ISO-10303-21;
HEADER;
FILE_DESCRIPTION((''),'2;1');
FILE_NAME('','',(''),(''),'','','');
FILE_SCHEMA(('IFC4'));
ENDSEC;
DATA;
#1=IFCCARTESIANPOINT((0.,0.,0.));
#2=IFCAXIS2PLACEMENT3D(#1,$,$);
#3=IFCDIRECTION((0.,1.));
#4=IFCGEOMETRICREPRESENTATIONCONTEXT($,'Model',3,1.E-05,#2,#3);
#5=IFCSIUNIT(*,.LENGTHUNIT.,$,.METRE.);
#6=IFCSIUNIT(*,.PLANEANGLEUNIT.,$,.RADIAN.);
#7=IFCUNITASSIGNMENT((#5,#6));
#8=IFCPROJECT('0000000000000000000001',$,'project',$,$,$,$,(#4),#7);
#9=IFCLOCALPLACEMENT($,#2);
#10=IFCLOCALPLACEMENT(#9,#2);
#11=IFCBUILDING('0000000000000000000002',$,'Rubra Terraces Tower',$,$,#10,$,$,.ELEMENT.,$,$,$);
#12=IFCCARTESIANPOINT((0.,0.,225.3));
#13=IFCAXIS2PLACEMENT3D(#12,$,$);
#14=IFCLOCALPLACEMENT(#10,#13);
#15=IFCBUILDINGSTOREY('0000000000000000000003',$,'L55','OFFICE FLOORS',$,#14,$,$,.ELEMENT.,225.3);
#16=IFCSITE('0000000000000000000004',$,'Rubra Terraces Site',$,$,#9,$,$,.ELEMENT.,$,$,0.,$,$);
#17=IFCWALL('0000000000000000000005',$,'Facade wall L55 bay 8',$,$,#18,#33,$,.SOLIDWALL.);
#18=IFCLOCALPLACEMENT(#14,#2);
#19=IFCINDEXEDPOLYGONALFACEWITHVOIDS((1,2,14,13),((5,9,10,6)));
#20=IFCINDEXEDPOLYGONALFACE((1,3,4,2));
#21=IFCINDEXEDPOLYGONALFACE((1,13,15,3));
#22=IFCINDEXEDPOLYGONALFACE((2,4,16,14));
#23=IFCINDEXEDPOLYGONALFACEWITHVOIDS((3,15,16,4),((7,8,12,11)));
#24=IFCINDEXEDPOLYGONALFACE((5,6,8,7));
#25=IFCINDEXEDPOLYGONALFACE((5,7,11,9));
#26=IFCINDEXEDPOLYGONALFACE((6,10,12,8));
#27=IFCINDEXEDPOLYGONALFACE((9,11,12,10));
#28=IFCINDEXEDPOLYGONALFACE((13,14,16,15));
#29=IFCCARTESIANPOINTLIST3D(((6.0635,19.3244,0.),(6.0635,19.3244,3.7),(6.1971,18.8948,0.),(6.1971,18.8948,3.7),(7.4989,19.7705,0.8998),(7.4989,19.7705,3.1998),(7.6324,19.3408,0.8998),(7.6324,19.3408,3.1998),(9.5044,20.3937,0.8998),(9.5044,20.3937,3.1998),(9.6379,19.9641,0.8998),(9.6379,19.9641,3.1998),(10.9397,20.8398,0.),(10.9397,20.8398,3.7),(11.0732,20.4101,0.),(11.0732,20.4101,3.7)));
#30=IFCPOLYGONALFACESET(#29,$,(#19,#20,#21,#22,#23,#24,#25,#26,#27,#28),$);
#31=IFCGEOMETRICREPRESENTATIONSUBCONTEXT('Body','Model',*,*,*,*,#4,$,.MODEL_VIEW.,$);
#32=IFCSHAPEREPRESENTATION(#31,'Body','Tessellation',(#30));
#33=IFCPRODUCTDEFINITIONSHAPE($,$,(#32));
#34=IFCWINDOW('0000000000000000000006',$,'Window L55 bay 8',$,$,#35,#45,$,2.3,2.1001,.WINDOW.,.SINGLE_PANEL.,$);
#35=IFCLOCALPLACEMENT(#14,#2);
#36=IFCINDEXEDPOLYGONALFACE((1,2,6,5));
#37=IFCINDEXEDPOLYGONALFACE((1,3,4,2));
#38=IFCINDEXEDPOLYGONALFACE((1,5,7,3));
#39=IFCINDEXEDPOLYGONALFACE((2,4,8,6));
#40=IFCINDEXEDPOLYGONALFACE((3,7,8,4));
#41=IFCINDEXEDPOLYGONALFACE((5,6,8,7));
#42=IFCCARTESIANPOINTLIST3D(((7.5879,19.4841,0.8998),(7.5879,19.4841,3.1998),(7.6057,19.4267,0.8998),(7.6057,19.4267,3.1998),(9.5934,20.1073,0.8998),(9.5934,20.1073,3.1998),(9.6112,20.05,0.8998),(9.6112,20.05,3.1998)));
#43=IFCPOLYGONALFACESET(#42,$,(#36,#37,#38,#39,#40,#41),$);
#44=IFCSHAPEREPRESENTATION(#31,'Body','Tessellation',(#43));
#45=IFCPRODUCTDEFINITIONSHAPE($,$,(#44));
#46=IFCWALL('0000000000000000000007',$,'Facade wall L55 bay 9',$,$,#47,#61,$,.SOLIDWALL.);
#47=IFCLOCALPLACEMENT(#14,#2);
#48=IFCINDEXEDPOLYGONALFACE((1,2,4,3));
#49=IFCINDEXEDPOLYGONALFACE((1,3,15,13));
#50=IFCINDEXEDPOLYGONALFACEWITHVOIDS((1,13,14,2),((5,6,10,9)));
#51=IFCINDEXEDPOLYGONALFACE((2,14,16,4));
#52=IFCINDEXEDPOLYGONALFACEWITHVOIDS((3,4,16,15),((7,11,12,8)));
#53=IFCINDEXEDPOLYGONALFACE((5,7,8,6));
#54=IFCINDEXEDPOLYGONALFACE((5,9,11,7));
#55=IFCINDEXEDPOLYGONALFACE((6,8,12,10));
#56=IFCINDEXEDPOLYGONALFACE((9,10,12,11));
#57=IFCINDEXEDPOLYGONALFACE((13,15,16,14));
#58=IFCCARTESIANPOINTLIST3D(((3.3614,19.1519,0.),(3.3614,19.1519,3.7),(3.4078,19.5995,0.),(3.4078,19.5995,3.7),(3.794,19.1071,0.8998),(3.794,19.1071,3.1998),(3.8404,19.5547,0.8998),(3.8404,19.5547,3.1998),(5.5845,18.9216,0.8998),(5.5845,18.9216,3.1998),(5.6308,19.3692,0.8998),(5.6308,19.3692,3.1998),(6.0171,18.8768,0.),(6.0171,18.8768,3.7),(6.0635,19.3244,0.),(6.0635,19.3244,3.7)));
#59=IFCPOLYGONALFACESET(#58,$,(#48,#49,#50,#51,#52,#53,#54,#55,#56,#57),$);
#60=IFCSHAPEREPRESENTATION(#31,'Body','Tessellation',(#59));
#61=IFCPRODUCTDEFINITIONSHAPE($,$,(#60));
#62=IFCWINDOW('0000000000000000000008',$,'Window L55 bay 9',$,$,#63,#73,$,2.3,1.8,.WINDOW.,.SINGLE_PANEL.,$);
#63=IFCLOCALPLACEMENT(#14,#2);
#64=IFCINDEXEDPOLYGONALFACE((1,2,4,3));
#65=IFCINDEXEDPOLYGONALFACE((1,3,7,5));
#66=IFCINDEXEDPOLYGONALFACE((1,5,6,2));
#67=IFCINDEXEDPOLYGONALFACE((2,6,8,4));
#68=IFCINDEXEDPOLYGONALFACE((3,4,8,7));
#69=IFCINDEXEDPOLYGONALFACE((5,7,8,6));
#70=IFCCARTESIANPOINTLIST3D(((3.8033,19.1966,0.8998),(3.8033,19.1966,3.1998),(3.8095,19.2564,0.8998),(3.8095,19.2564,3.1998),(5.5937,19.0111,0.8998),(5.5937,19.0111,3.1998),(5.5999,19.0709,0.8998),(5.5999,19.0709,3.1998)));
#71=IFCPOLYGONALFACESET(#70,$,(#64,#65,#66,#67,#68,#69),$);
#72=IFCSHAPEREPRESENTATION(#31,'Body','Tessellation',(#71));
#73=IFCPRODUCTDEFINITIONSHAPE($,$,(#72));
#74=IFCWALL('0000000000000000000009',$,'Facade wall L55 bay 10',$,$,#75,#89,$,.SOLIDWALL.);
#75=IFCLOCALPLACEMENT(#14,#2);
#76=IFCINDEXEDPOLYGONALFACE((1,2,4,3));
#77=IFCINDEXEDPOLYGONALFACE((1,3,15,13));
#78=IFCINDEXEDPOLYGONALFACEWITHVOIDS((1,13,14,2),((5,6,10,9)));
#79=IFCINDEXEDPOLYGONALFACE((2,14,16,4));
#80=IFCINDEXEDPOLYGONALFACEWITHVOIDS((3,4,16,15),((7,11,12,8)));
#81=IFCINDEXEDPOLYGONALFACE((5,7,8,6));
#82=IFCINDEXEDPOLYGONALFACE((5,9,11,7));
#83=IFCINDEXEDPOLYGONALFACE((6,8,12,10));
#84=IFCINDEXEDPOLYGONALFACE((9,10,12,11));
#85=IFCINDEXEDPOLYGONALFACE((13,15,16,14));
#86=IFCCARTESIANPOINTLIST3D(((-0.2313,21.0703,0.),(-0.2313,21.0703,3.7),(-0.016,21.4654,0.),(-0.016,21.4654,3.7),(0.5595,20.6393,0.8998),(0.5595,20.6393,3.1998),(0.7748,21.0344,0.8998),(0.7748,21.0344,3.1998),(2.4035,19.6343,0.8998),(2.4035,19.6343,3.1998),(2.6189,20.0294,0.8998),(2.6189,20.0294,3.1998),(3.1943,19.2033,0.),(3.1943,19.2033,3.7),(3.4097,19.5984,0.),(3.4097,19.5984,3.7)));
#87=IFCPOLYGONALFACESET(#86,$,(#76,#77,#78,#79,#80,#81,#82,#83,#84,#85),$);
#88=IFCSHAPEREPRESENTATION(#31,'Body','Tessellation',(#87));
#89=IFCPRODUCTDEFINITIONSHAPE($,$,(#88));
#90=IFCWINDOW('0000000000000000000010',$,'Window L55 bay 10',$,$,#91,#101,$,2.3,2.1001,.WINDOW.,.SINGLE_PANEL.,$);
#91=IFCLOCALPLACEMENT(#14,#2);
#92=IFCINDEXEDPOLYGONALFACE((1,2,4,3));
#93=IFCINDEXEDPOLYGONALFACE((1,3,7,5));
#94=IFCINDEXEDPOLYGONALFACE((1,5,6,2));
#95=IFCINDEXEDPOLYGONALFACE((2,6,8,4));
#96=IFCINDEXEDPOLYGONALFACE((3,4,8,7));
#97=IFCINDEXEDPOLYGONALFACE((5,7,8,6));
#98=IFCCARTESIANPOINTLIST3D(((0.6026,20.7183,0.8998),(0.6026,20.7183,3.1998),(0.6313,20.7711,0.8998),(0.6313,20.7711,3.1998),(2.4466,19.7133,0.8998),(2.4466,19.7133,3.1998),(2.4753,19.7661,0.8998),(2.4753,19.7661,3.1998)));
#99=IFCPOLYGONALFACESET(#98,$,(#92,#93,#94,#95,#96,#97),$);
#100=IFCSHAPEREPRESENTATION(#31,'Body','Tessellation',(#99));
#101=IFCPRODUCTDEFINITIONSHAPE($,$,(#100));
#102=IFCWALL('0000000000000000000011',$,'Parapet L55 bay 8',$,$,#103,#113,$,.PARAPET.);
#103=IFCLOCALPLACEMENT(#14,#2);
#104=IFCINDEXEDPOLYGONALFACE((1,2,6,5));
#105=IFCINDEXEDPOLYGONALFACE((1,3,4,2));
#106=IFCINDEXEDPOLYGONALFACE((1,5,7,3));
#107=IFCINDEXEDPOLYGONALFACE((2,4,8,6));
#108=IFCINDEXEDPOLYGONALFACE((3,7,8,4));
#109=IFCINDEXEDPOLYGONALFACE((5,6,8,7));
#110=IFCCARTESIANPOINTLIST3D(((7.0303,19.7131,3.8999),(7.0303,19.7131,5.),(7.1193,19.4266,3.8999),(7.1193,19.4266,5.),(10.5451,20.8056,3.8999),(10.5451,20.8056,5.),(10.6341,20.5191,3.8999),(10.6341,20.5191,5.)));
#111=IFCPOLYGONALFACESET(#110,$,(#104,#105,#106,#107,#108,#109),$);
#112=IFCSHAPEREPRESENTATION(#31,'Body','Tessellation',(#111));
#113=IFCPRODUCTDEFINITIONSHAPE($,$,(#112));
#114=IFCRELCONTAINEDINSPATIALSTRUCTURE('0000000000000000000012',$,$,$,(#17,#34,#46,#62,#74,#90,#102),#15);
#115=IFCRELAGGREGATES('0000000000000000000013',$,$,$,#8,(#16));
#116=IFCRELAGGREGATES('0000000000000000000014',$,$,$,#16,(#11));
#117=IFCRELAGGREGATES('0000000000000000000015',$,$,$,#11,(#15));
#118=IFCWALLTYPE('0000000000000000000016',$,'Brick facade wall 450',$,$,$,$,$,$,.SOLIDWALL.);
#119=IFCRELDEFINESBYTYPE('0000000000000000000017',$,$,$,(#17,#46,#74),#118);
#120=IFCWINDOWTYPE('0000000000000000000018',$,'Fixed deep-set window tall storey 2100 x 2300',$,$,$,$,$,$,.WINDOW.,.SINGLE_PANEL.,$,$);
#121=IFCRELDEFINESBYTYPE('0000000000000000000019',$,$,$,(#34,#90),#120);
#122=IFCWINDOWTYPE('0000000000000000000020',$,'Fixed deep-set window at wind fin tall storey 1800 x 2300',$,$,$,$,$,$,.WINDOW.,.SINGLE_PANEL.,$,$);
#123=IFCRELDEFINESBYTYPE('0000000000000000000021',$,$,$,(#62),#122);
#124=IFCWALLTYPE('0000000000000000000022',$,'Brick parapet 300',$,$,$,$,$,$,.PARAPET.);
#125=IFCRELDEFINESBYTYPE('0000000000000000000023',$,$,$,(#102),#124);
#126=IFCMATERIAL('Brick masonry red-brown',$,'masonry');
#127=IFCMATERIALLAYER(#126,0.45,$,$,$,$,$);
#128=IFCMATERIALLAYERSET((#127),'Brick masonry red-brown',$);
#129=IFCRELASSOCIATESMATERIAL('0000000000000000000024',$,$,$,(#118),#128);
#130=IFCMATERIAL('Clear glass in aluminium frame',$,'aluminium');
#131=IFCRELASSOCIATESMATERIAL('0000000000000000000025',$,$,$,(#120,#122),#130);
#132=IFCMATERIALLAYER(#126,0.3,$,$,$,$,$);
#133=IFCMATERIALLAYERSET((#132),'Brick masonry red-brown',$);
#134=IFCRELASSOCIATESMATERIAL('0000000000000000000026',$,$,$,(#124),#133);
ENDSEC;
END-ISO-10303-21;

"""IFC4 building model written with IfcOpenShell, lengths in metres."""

from ifc_helpers import new_model, si_unit, direction, frame, frame_2d, origin, place, context, subcontext, project, spatial, rectangle, extrude, material, layer, layer_set, type_object, element, fill, save


model = new_model("IFC4")

# Units and contexts
model_context = context("Model", 3, precision=1e-05, world=origin(), true_north=direction((0.0, 1.0)))
body_context = subcontext(model_context, "Body", "Model", "MODEL_VIEW")
ifc_project = project(units=[si_unit("LENGTHUNIT", "METRE"), si_unit("PLANEANGLEUNIT", "RADIAN")], contexts=[model_context])

# Site, building, storey
site_placement = place(None, origin())
site = spatial("IfcSite", under=ifc_project, at=site_placement, Name="Rubra Terraces Site", CompositionType="ELEMENT", RefElevation=0.0)
building_placement = place(site_placement, origin())
building = spatial("IfcBuilding", under=site, at=building_placement, Name="Rubra Terraces Tower", CompositionType="ELEMENT")
storey_placement = place(building_placement, frame((0.0, 0.0, 225.3)))
storey = spatial("IfcBuildingStorey", under=building, at=storey_placement, Name="L55", Description="OFFICE FLOORS", CompositionType="ELEMENT", Elevation=225.3)

# Walls, openings, windows
ifc_material_1 = material(Name="Brick masonry red-brown", Category="masonry")
ifc_layer_1 = layer(ifc_material_1, 0.45)
ifc_layer_set_1 = layer_set([ifc_layer_1], Name="Brick masonry red-brown")
wall_type_1 = type_object("IfcWallType", Name="Brick facade wall 450", PredefinedType="SOLIDWALL", material=ifc_layer_set_1)
wall_1_placement = place(storey_placement, frame((11.0066, 20.625, 0.0), z_axis=(0.0, 0.0, 1.0), x_axis=(-0.954949, -0.296769, 0.0)))
wall_1 = element("IfcWall", 1, at=wall_1_placement, inside=storey, type_object=wall_type_1, Name="Facade wall L55 bay 8", PredefinedType="SOLIDWALL", context=body_context, shape_type="SweptSolid", body=[
    extrude(rectangle(XDim=5.1062, YDim=0.45, at=frame_2d((2.5532, 0.0))), origin(), (0.0, 0.0, 1.0), 3.7),
])
opening_1_placement = place(wall_1_placement, frame((1.5032, 0.0, 0.8999)))
opening_1 = element("IfcOpeningElement", 2, at=opening_1_placement, cuts=wall_1, PredefinedType="OPENING", context=body_context, shape_type="SweptSolid", body=[
    extrude(rectangle(XDim=2.1001, YDim=2.3, at=frame_2d((1.05, 1.1499))), frame((0.0, 0.2349, 0.0), z_axis=(0.0, -1.0, 0.0), x_axis=(1.0, 0.0, 0.0)), (0.0, 0.0, 1.0), 0.47),
])
ifc_material_2 = material(Name="Clear glass in aluminium frame", Category="aluminium")
window_type_1 = type_object("IfcWindowType", Name="Fixed deep-set window tall storey 2100 x 2300", PartitioningType="SINGLE_PANEL", PredefinedType="WINDOW", material=ifc_material_2)
window_1_placement = place(opening_1_placement, origin())
window_1 = element("IfcWindow", 3, at=window_1_placement, inside=storey, type_object=window_type_1, Name="Window L55 bay 8", OverallHeight=2.3, OverallWidth=2.1001, PartitioningType="SINGLE_PANEL", PredefinedType="WINDOW", context=body_context, shape_type="SweptSolid", body=[
    extrude(rectangle(XDim=2.1001, YDim=2.3, at=frame_2d((1.05, 1.1499))), frame((0.0, 0.135, 0.0), z_axis=(0.0, -1.0, 0.0), x_axis=(1.0, 0.0, 0.0)), (0.0, 0.0, 1.0), 0.0601),
])
fill(opening_1, window_1)
wall_2_placement = place(storey_placement, frame((6.0403, 19.1006, 0.0), z_axis=(0.0, 0.0, 1.0), x_axis=(-0.994676, 0.103052, 0.0)))
wall_2 = element("IfcWall", 4, at=wall_2_placement, inside=storey, type_object=wall_type_1, Name="Facade wall L55 bay 9", PredefinedType="SOLIDWALL", context=body_context, shape_type="SweptSolid", body=[
    extrude(rectangle(XDim=2.6699, YDim=0.45, at=frame_2d((1.335, 0.0))), origin(), (0.0, 0.0, 1.0), 3.7),
])
opening_2_placement = place(wall_2_placement, frame((0.4351, 0.0, 0.8999)))
opening_2 = element("IfcOpeningElement", 5, at=opening_2_placement, cuts=wall_2, PredefinedType="OPENING", context=body_context, shape_type="SweptSolid", body=[
    extrude(rectangle(XDim=1.8, YDim=2.3, at=frame_2d((0.8999, 1.1499))), frame((0.0, 0.2349, 0.0), z_axis=(0.0, -1.0, 0.0), x_axis=(1.0, 0.0, 0.0)), (0.0, 0.0, 1.0), 0.47),
])
window_type_2 = type_object("IfcWindowType", Name="Fixed deep-set window at wind fin tall storey 1800 x 2300", PartitioningType="SINGLE_PANEL", PredefinedType="WINDOW", material=ifc_material_2)
window_2_placement = place(opening_2_placement, origin())
window_2 = element("IfcWindow", 6, at=window_2_placement, inside=storey, type_object=window_type_2, Name="Window L55 bay 9", OverallHeight=2.3, OverallWidth=1.8, PartitioningType="SINGLE_PANEL", PredefinedType="WINDOW", context=body_context, shape_type="SweptSolid", body=[
    extrude(rectangle(XDim=1.8, YDim=2.3, at=frame_2d((0.8999, 1.1499))), frame((0.0, 0.135, 0.0), z_axis=(0.0, -1.0, 0.0), x_axis=(1.0, 0.0, 0.0)), (0.0, 0.0, 1.0), 0.0601),
])
fill(opening_2, window_2)
wall_3_placement = place(storey_placement, frame((3.302, 19.4009, 0.0), z_axis=(0.0, 0.0, 1.0), x_axis=(-0.878061, 0.47855, 0.0)))
wall_3 = element("IfcWall", 7, at=wall_3_placement, inside=storey, type_object=wall_type_1, Name="Facade wall L55 bay 10", PredefinedType="SOLIDWALL", context=body_context, shape_type="SweptSolid", body=[
    extrude(rectangle(XDim=3.9014, YDim=0.45, at=frame_2d((1.9507, 0.0))), origin(), (0.0, 0.0, 1.0), 3.7),
])
opening_3_placement = place(wall_3_placement, frame((0.9006, 0.0, 0.8999)))
opening_3 = element("IfcOpeningElement", 8, at=opening_3_placement, cuts=wall_3, PredefinedType="OPENING", context=body_context, shape_type="SweptSolid", body=[
    extrude(rectangle(XDim=2.1001, YDim=2.3, at=frame_2d((1.05, 1.1499))), frame((0.0, 0.2349, 0.0), z_axis=(0.0, -1.0, 0.0), x_axis=(1.0, 0.0, 0.0)), (0.0, 0.0, 1.0), 0.47),
])
window_3_placement = place(opening_3_placement, origin())
window_3 = element("IfcWindow", 9, at=window_3_placement, inside=storey, type_object=window_type_1, Name="Window L55 bay 10", OverallHeight=2.3, OverallWidth=2.1001, PartitioningType="SINGLE_PANEL", PredefinedType="WINDOW", context=body_context, shape_type="SweptSolid", body=[
    extrude(rectangle(XDim=2.1001, YDim=2.3, at=frame_2d((1.05, 1.1499))), frame((0.0, 0.135, 0.0), z_axis=(0.0, -1.0, 0.0), x_axis=(1.0, 0.0, 0.0)), (0.0, 0.0, 1.0), 0.0601),
])
fill(opening_3, window_3)

# Wall
ifc_layer_2 = layer(ifc_material_1, 0.3)
ifc_layer_set_2 = layer_set([ifc_layer_2], Name="Brick masonry red-brown")
wall_type_2 = type_object("IfcWallType", Name="Brick parapet 300", PredefinedType="PARAPET", material=ifc_layer_set_2)
wall_4_placement = place(storey_placement, frame((10.5896, 20.6624, 3.8999), z_axis=(0.0, 0.0, 1.0), x_axis=(-0.954933, -0.296821, 0.0)))
element("IfcWall", 10, at=wall_4_placement, inside=storey, type_object=wall_type_2, Name="Parapet L55 bay 8", PredefinedType="PARAPET", context=body_context, shape_type="SweptSolid", body=[
    extrude(rectangle(XDim=3.6807, YDim=0.3, at=frame_2d((1.8403, 0.0))), origin(), (0.0, 0.0, 1.0), 1.1001),
])

save(model, "model.ifc")
